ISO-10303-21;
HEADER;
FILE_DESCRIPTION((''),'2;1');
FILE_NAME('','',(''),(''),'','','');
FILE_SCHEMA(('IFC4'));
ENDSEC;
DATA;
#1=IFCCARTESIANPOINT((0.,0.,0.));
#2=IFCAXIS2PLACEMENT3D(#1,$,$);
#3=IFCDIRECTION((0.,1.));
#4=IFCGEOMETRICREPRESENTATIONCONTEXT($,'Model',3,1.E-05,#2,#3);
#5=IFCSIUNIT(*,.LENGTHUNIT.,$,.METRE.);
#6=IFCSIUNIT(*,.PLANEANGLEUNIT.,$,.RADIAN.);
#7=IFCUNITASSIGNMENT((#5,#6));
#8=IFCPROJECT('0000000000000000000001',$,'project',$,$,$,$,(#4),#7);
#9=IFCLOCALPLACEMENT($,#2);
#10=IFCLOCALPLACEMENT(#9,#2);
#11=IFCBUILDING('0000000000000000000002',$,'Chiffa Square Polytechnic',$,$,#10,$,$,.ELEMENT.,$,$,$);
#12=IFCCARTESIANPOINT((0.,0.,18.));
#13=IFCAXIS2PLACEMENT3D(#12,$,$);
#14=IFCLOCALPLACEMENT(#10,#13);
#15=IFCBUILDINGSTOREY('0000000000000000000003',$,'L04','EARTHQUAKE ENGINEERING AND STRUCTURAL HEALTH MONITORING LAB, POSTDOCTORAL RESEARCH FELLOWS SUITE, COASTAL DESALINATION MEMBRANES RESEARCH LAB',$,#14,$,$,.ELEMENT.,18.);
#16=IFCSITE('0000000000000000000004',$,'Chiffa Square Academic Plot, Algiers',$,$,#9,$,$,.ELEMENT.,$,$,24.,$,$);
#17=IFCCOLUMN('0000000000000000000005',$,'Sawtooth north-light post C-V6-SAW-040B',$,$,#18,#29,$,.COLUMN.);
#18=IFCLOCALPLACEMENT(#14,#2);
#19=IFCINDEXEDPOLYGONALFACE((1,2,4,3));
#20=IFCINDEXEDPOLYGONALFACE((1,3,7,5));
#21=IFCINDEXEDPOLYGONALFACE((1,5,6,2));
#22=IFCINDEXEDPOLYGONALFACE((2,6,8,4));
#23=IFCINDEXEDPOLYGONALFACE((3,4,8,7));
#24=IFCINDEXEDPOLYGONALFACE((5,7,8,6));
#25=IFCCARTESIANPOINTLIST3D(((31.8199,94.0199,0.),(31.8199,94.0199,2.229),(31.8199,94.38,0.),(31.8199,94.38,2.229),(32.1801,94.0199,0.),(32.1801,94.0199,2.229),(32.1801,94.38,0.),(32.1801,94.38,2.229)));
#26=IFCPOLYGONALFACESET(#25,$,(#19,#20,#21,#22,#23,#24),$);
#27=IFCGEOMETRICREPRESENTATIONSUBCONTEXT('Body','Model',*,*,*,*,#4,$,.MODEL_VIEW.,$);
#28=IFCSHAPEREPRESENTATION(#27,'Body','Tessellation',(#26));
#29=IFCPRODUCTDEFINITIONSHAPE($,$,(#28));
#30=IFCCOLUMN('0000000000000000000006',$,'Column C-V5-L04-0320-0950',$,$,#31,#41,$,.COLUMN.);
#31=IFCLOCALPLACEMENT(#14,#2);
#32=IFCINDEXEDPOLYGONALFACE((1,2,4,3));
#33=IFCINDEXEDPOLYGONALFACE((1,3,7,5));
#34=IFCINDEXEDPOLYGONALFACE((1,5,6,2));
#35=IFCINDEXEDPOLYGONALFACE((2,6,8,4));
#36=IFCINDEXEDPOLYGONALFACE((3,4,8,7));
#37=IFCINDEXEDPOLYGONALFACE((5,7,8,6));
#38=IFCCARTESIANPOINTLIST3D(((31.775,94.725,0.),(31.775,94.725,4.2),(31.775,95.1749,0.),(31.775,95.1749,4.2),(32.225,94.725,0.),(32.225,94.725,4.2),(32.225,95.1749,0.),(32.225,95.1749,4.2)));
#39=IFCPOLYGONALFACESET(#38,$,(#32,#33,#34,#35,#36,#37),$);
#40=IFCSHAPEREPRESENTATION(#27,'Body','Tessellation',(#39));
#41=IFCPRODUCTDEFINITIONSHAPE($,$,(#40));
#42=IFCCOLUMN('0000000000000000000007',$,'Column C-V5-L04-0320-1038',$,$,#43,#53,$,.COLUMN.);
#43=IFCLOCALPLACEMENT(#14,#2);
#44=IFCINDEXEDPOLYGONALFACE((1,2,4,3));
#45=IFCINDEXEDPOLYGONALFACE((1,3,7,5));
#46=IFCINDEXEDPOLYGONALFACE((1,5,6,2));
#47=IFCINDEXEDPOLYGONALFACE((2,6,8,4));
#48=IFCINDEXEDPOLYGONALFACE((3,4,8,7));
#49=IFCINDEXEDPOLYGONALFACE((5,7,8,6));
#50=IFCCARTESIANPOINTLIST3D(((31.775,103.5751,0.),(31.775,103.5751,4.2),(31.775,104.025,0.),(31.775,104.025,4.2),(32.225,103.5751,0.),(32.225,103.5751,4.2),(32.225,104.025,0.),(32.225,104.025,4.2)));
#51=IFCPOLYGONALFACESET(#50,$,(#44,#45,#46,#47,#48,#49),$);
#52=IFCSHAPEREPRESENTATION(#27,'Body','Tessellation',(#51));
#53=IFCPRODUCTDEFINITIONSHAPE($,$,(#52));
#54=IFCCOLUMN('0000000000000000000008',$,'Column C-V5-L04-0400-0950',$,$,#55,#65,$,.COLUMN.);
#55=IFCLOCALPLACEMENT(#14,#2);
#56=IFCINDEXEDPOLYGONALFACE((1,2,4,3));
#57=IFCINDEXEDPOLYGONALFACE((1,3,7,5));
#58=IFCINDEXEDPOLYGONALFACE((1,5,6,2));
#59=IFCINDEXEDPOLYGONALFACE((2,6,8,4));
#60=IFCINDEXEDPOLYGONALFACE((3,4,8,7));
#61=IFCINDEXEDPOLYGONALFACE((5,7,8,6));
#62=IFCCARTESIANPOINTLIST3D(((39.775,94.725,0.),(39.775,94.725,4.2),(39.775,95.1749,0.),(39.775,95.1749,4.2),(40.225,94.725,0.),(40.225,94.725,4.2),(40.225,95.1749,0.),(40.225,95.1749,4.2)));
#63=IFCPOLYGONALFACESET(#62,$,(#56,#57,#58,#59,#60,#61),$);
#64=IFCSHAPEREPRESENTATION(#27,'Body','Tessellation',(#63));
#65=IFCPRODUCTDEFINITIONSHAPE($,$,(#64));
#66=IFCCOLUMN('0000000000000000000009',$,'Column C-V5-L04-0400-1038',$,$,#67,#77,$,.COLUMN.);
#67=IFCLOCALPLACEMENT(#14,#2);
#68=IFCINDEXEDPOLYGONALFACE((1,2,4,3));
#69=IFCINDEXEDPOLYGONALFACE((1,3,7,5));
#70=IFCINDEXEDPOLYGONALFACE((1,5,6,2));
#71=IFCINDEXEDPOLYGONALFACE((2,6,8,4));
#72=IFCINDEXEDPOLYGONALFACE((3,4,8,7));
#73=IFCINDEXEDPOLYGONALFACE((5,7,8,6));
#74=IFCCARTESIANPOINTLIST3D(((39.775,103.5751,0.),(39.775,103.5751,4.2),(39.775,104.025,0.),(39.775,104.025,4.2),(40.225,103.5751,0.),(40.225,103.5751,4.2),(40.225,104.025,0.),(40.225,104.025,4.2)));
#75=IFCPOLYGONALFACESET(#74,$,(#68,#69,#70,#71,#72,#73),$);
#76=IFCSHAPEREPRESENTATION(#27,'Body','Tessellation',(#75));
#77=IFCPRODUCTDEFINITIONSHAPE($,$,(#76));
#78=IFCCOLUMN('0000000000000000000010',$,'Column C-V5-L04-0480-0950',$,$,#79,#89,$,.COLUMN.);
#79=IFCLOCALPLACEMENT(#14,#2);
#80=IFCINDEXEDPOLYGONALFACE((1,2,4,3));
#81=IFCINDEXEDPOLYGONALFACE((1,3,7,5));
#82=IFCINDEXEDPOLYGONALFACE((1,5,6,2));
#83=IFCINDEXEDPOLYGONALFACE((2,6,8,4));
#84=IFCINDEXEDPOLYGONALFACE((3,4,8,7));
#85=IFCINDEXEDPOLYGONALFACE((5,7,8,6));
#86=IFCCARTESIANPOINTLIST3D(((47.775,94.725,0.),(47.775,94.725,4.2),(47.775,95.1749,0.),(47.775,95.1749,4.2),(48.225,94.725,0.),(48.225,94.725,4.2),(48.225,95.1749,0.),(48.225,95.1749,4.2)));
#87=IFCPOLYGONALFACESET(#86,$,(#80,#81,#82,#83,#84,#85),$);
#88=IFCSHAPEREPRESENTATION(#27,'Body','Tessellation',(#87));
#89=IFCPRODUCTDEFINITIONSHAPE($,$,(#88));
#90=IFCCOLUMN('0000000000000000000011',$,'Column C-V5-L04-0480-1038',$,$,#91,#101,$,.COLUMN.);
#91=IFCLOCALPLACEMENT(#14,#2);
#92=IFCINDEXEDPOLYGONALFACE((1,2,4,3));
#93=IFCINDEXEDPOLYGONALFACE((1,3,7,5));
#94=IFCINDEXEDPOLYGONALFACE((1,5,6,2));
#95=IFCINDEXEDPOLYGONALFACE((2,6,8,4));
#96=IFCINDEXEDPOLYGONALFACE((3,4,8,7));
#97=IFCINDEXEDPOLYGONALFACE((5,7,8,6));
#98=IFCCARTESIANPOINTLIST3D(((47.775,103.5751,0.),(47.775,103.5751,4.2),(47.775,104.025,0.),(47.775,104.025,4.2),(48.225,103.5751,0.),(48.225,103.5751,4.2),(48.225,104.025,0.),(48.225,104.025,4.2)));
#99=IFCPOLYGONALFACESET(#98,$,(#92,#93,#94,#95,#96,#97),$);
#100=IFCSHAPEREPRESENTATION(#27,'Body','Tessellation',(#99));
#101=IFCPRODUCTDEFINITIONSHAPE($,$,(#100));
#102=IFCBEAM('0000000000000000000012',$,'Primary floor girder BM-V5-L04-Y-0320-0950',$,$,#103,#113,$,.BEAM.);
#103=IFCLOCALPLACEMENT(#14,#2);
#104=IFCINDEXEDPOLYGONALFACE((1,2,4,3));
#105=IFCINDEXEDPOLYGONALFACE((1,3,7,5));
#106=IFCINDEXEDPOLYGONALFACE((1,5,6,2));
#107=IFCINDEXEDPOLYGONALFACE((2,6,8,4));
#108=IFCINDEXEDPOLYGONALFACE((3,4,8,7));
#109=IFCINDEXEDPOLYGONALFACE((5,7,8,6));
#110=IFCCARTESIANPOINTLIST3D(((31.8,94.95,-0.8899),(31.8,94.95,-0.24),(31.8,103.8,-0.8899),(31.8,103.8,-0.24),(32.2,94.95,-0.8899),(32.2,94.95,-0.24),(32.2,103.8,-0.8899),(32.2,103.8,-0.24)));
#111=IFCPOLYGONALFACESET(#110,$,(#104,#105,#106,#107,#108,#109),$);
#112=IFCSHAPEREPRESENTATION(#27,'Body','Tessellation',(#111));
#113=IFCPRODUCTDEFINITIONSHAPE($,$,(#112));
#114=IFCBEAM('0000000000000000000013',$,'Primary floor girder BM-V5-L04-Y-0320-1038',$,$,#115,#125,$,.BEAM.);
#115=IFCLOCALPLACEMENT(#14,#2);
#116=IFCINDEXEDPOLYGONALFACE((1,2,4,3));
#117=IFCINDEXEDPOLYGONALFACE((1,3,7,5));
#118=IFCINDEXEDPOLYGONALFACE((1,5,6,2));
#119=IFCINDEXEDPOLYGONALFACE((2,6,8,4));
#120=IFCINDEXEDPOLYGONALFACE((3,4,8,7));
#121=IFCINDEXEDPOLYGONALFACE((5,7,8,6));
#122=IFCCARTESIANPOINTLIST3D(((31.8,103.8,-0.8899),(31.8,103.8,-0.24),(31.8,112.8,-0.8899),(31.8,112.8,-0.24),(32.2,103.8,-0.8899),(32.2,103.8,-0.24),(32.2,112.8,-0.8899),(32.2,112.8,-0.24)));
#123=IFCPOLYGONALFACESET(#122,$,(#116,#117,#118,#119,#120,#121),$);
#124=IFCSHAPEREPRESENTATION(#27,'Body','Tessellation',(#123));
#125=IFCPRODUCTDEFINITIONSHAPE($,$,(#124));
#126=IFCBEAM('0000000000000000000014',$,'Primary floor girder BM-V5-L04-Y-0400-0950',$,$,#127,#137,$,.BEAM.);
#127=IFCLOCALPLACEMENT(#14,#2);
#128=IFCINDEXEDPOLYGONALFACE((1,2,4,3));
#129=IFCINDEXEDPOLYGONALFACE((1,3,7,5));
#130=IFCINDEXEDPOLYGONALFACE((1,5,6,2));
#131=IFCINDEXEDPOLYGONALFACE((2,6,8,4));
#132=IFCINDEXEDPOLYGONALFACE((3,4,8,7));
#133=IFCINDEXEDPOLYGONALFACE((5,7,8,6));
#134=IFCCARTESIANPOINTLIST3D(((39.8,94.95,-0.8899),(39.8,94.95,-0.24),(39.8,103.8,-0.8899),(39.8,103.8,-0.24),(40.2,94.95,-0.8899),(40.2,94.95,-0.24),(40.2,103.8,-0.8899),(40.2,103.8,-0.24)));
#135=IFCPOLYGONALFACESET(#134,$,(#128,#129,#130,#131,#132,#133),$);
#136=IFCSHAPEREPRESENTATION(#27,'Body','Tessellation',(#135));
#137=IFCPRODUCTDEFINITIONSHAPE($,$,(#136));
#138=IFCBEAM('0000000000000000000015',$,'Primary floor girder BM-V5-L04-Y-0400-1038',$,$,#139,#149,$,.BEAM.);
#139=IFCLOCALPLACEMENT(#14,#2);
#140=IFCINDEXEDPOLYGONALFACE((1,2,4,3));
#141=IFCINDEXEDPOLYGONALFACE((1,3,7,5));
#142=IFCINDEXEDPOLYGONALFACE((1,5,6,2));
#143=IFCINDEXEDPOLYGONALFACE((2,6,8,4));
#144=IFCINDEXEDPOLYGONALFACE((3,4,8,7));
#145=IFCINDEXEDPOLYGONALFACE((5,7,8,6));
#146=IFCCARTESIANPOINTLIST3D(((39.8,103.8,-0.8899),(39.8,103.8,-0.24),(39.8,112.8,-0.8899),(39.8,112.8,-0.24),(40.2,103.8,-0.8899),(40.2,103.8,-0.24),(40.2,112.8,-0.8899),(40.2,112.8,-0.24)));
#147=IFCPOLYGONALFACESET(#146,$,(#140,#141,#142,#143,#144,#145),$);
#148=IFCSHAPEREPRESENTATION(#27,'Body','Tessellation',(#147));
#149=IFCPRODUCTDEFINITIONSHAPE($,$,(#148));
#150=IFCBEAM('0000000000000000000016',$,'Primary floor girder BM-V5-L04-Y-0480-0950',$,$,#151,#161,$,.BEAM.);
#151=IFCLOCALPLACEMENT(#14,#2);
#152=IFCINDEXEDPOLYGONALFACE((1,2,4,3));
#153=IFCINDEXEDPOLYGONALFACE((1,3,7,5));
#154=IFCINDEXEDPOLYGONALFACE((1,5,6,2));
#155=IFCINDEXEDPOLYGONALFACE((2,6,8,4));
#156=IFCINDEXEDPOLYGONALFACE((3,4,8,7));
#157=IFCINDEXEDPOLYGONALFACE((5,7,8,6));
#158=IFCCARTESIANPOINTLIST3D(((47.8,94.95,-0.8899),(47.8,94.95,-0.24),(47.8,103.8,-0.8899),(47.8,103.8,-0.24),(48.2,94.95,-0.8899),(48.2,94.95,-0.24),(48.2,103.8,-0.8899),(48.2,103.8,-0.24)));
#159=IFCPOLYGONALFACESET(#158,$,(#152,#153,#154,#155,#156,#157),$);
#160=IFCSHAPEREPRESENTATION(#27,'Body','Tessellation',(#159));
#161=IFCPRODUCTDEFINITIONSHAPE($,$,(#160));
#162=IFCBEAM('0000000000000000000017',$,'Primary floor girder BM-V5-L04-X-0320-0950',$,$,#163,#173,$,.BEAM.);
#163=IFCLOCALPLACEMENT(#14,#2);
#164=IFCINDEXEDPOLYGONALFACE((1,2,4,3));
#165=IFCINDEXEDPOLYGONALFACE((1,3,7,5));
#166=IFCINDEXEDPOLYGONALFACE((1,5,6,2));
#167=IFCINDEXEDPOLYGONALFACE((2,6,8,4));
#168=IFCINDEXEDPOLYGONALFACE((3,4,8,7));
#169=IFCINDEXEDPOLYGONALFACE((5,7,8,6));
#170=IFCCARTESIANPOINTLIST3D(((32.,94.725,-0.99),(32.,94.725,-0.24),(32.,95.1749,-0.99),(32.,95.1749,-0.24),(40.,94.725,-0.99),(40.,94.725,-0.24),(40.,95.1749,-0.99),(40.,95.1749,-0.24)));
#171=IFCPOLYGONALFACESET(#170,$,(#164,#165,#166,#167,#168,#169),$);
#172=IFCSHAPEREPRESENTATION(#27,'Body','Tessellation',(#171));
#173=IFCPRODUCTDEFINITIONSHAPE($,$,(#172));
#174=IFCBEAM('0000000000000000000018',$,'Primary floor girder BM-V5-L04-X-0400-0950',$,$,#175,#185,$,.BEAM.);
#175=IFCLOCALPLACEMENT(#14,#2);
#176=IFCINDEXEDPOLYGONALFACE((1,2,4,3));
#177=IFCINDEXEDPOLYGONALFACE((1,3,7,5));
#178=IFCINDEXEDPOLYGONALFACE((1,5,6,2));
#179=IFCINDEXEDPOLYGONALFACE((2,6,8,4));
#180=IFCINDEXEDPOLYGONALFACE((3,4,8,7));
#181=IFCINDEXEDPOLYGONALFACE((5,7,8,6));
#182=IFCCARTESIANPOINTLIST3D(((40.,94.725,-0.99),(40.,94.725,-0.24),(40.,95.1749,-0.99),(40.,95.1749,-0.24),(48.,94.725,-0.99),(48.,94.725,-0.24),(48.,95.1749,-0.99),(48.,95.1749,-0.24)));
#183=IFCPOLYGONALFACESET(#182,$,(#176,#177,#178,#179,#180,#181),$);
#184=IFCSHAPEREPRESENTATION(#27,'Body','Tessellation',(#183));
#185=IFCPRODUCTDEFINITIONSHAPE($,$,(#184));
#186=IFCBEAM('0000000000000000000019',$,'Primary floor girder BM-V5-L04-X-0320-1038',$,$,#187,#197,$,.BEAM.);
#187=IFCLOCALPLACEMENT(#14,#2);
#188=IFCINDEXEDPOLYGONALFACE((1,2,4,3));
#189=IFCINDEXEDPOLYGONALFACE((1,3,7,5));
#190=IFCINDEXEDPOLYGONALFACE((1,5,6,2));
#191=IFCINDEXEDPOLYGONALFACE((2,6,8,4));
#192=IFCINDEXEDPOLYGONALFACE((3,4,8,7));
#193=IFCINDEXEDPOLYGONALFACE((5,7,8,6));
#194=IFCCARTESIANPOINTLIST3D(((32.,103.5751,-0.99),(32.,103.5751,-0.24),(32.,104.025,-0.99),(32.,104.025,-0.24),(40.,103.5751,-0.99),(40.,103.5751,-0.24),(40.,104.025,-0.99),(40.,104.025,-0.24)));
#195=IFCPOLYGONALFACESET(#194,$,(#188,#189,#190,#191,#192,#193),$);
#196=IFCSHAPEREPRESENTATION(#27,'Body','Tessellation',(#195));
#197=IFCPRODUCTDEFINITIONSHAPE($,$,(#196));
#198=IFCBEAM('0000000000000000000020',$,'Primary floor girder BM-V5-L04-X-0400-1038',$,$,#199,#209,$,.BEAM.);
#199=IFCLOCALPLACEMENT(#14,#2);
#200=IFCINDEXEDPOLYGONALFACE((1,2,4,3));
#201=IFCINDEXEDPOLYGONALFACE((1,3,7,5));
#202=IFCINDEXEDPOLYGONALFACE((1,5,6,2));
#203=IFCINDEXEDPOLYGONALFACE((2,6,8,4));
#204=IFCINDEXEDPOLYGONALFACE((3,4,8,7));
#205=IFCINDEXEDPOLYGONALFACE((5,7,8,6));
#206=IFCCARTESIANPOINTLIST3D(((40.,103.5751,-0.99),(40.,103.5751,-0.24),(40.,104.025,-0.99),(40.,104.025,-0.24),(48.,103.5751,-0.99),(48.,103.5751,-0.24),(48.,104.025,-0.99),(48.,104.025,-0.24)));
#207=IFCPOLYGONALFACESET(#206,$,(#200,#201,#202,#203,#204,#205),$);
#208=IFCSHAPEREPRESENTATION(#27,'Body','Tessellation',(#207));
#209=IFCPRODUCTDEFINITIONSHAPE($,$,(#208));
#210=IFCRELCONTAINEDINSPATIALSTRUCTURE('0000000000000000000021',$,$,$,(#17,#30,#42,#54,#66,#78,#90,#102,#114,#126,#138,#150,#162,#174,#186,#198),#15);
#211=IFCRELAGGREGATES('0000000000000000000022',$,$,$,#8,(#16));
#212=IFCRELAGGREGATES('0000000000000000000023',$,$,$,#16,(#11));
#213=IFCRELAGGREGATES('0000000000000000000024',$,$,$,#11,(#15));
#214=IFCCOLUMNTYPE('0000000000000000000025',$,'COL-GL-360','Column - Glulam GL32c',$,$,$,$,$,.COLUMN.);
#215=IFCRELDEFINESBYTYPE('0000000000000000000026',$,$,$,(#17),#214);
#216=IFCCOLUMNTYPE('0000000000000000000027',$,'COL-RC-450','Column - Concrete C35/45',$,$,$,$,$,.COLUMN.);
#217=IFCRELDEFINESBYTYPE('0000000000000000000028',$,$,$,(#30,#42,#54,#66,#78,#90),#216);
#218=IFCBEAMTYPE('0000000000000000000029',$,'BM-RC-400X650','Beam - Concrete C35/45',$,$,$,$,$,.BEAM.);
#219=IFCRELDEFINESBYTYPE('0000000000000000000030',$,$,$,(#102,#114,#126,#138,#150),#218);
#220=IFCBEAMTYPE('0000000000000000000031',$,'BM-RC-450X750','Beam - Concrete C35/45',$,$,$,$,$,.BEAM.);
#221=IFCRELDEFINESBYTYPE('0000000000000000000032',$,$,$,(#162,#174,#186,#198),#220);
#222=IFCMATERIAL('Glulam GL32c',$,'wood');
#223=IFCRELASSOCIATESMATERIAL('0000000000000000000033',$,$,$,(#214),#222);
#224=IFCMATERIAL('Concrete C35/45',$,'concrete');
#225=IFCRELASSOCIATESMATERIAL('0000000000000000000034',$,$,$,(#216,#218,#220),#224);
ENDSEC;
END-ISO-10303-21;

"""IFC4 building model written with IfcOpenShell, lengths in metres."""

from ifc_helpers import new_model, si_unit, direction, frame, origin, origin_2d, place, context, subcontext, project, spatial, rectangle, extrude, material, material_profile, profile_set, type_object, element, save


model = new_model("IFC4")

# Units and contexts
model_context = context("Model", 3, precision=1e-05, world=origin(), true_north=direction((0.0, 1.0)))
body_context = subcontext(model_context, "Body", "Model", "MODEL_VIEW")
ifc_project = project(units=[si_unit("LENGTHUNIT", "METRE"), si_unit("PLANEANGLEUNIT", "RADIAN")], contexts=[model_context])

# Site, building, storey
site_placement = place(None, origin())
site = spatial("IfcSite", under=ifc_project, at=site_placement, Name="Chiffa Square Academic Plot, Algiers", CompositionType="ELEMENT", RefElevation=24.0)
building_placement = place(site_placement, origin())
building = spatial("IfcBuilding", under=site, at=building_placement, Name="Chiffa Square Polytechnic", CompositionType="ELEMENT")
storey_placement = place(building_placement, frame((0.0, 0.0, 18.0)))
storey = spatial("IfcBuildingStorey", under=building, at=storey_placement, Name="L04", Description="EARTHQUAKE ENGINEERING AND STRUCTURAL HEALTH MONITORING LAB, POSTDOCTORAL RESEARCH FELLOWS SUITE, COASTAL DESALINATION MEMBRANES RESEARCH LAB", CompositionType="ELEMENT", Elevation=18.0)

# Columns
ifc_material_1 = material(Name="Glulam GL32c", Category="wood")
ifc_material_profile_1 = material_profile(ifc_material_1, rectangle(XDim=0.3601, YDim=0.3601, at=origin_2d()), Name="GL32c 360x360")
ifc_profile_set_1 = profile_set([ifc_material_profile_1], Name="Glulam GL32c")
column_type_1 = type_object("IfcColumnType", Name="COL-GL-360", Description="Column - Glulam GL32c", PredefinedType="COLUMN", material=ifc_profile_set_1)
column_placement = place(storey_placement, frame((32.0, 94.2, 0.0), z_axis=(0.0, 0.0, 1.0), x_axis=(1.0, 0.0, 0.0)))
element("IfcColumn", 1, at=column_placement, inside=storey, type_object=column_type_1, Name="Sawtooth north-light post C-V6-SAW-040B", PredefinedType="COLUMN", context=body_context, shape_type="SweptSolid", body=[
    extrude(rectangle(XDim=0.3601, YDim=0.3601, at=origin_2d()), origin(), (0.0, 0.0, 1.0), 2.229),
])
ifc_material_2 = material(Name="Concrete C35/45", Category="concrete")
ifc_material_profile_2 = material_profile(ifc_material_2, rectangle(XDim=0.45, YDim=0.45, at=origin_2d()), Name="RC 450x450")
ifc_profile_set_2 = profile_set([ifc_material_profile_2], Name="Concrete C35/45")
column_type_2 = type_object("IfcColumnType", Name="COL-RC-450", Description="Column - Concrete C35/45", PredefinedType="COLUMN", material=ifc_profile_set_2)
for number, where, z_axis, x_axis, name in (
    (2, (32.0, 94.95, 0.0), (0.0, 0.0, 1.0), (1.0, 0.0, 0.0), "Column C-V5-L04-0320-0950"),
    (3, (32.0, 103.8, 0.0), (0.0, 0.0, 1.0), (1.0, 0.0, 0.0), "Column C-V5-L04-0320-1038"),
    (4, (40.0, 94.95, 0.0), (0.0, 0.0, 1.0), (1.0, 0.0, 0.0), "Column C-V5-L04-0400-0950"),
    (5, (40.0, 103.8, 0.0), (0.0, 0.0, 1.0), (1.0, 0.0, 0.0), "Column C-V5-L04-0400-1038"),
    (6, (48.0, 94.95, 0.0), (0.0, 0.0, 1.0), (1.0, 0.0, 0.0), "Column C-V5-L04-0480-0950"),
    (7, (48.0, 103.8, 0.0), (0.0, 0.0, 1.0), (1.0, 0.0, 0.0), "Column C-V5-L04-0480-1038"),
):
    element("IfcColumn", number, at=place(storey_placement, frame(where, z_axis=z_axis, x_axis=x_axis)), inside=storey, type_object=column_type_2, Name=name, PredefinedType="COLUMN", context=body_context, shape_type="SweptSolid", body=[
        extrude(rectangle(XDim=0.45, YDim=0.45, at=origin_2d()), origin(), (0.0, 0.0, 1.0), 4.2),
    ])

# Beams
ifc_material_profile_3 = material_profile(ifc_material_2, rectangle(XDim=0.3999, YDim=0.6499, at=origin_2d()), Name="RC 400x650")
ifc_profile_set_3 = profile_set([ifc_material_profile_3], Name="Concrete C35/45")
beam_type_1 = type_object("IfcBeamType", Name="BM-RC-400X650", Description="Beam - Concrete C35/45", PredefinedType="BEAM", material=ifc_profile_set_3)
beam_1_placement = place(storey_placement, frame((32.0, 94.95, -0.5649), z_axis=(0.0, 1.0, 0.0), x_axis=(-1.0, 0.0, 0.0)))
element("IfcBeam", 8, at=beam_1_placement, inside=storey, type_object=beam_type_1, Name="Primary floor girder BM-V5-L04-Y-0320-0950", PredefinedType="BEAM", context=body_context, shape_type="SweptSolid", body=[
    extrude(rectangle(XDim=0.3999, YDim=0.6499, at=origin_2d()), origin(), (0.0, 0.0, 1.0), 8.8501),
])
beam_2_placement = place(storey_placement, frame((32.0, 103.8, -0.5649), z_axis=(0.0, 1.0, 0.0), x_axis=(-1.0, 0.0, 0.0)))
element("IfcBeam", 9, at=beam_2_placement, inside=storey, type_object=beam_type_1, Name="Primary floor girder BM-V5-L04-Y-0320-1038", PredefinedType="BEAM", context=body_context, shape_type="SweptSolid", body=[
    extrude(rectangle(XDim=0.3999, YDim=0.6499, at=origin_2d()), origin(), (0.0, 0.0, 1.0), 9.0),
])
beam_3_placement = place(storey_placement, frame((40.0, 94.95, -0.5649), z_axis=(0.0, 1.0, 0.0), x_axis=(-1.0, 0.0, 0.0)))
element("IfcBeam", 10, at=beam_3_placement, inside=storey, type_object=beam_type_1, Name="Primary floor girder BM-V5-L04-Y-0400-0950", PredefinedType="BEAM", context=body_context, shape_type="SweptSolid", body=[
    extrude(rectangle(XDim=0.3999, YDim=0.6499, at=origin_2d()), origin(), (0.0, 0.0, 1.0), 8.8501),
])
beam_4_placement = place(storey_placement, frame((40.0, 103.8, -0.5649), z_axis=(0.0, 1.0, 0.0), x_axis=(-1.0, 0.0, 0.0)))
element("IfcBeam", 11, at=beam_4_placement, inside=storey, type_object=beam_type_1, Name="Primary floor girder BM-V5-L04-Y-0400-1038", PredefinedType="BEAM", context=body_context, shape_type="SweptSolid", body=[
    extrude(rectangle(XDim=0.3999, YDim=0.6499, at=origin_2d()), origin(), (0.0, 0.0, 1.0), 9.0),
])
beam_5_placement = place(storey_placement, frame((48.0, 94.95, -0.5649), z_axis=(0.0, 1.0, 0.0), x_axis=(-1.0, 0.0, 0.0)))
element("IfcBeam", 12, at=beam_5_placement, inside=storey, type_object=beam_type_1, Name="Primary floor girder BM-V5-L04-Y-0480-0950", PredefinedType="BEAM", context=body_context, shape_type="SweptSolid", body=[
    extrude(rectangle(XDim=0.3999, YDim=0.6499, at=origin_2d()), origin(), (0.0, 0.0, 1.0), 8.8501),
])
ifc_material_profile_4 = material_profile(ifc_material_2, rectangle(XDim=0.45, YDim=0.75, at=origin_2d()), Name="RC 450x750")
ifc_profile_set_4 = profile_set([ifc_material_profile_4], Name="Concrete C35/45")
beam_type_2 = type_object("IfcBeamType", Name="BM-RC-450X750", Description="Beam - Concrete C35/45", PredefinedType="BEAM", material=ifc_profile_set_4)
for number, where, z_axis, x_axis, name in (
    (13, (32.0, 94.95, -0.615), (1.0, 0.0, 0.0), (0.0, 1.0, 0.0), "Primary floor girder BM-V5-L04-X-0320-0950"),
    (14, (40.0, 94.95, -0.615), (1.0, 0.0, 0.0), (0.0, 1.0, 0.0), "Primary floor girder BM-V5-L04-X-0400-0950"),
    (15, (32.0, 103.8, -0.615), (1.0, 0.0, 0.0), (0.0, 1.0, 0.0), "Primary floor girder BM-V5-L04-X-0320-1038"),
    (16, (40.0, 103.8, -0.615), (1.0, 0.0, 0.0), (0.0, 1.0, 0.0), "Primary floor girder BM-V5-L04-X-0400-1038"),
):
    element("IfcBeam", number, at=place(storey_placement, frame(where, z_axis=z_axis, x_axis=x_axis)), inside=storey, type_object=beam_type_2, Name=name, PredefinedType="BEAM", context=body_context, shape_type="SweptSolid", body=[
        extrude(rectangle(XDim=0.45, YDim=0.75, at=origin_2d()), origin(), (0.0, 0.0, 1.0), 8.0),
    ])

save(model, "model.ifc")
